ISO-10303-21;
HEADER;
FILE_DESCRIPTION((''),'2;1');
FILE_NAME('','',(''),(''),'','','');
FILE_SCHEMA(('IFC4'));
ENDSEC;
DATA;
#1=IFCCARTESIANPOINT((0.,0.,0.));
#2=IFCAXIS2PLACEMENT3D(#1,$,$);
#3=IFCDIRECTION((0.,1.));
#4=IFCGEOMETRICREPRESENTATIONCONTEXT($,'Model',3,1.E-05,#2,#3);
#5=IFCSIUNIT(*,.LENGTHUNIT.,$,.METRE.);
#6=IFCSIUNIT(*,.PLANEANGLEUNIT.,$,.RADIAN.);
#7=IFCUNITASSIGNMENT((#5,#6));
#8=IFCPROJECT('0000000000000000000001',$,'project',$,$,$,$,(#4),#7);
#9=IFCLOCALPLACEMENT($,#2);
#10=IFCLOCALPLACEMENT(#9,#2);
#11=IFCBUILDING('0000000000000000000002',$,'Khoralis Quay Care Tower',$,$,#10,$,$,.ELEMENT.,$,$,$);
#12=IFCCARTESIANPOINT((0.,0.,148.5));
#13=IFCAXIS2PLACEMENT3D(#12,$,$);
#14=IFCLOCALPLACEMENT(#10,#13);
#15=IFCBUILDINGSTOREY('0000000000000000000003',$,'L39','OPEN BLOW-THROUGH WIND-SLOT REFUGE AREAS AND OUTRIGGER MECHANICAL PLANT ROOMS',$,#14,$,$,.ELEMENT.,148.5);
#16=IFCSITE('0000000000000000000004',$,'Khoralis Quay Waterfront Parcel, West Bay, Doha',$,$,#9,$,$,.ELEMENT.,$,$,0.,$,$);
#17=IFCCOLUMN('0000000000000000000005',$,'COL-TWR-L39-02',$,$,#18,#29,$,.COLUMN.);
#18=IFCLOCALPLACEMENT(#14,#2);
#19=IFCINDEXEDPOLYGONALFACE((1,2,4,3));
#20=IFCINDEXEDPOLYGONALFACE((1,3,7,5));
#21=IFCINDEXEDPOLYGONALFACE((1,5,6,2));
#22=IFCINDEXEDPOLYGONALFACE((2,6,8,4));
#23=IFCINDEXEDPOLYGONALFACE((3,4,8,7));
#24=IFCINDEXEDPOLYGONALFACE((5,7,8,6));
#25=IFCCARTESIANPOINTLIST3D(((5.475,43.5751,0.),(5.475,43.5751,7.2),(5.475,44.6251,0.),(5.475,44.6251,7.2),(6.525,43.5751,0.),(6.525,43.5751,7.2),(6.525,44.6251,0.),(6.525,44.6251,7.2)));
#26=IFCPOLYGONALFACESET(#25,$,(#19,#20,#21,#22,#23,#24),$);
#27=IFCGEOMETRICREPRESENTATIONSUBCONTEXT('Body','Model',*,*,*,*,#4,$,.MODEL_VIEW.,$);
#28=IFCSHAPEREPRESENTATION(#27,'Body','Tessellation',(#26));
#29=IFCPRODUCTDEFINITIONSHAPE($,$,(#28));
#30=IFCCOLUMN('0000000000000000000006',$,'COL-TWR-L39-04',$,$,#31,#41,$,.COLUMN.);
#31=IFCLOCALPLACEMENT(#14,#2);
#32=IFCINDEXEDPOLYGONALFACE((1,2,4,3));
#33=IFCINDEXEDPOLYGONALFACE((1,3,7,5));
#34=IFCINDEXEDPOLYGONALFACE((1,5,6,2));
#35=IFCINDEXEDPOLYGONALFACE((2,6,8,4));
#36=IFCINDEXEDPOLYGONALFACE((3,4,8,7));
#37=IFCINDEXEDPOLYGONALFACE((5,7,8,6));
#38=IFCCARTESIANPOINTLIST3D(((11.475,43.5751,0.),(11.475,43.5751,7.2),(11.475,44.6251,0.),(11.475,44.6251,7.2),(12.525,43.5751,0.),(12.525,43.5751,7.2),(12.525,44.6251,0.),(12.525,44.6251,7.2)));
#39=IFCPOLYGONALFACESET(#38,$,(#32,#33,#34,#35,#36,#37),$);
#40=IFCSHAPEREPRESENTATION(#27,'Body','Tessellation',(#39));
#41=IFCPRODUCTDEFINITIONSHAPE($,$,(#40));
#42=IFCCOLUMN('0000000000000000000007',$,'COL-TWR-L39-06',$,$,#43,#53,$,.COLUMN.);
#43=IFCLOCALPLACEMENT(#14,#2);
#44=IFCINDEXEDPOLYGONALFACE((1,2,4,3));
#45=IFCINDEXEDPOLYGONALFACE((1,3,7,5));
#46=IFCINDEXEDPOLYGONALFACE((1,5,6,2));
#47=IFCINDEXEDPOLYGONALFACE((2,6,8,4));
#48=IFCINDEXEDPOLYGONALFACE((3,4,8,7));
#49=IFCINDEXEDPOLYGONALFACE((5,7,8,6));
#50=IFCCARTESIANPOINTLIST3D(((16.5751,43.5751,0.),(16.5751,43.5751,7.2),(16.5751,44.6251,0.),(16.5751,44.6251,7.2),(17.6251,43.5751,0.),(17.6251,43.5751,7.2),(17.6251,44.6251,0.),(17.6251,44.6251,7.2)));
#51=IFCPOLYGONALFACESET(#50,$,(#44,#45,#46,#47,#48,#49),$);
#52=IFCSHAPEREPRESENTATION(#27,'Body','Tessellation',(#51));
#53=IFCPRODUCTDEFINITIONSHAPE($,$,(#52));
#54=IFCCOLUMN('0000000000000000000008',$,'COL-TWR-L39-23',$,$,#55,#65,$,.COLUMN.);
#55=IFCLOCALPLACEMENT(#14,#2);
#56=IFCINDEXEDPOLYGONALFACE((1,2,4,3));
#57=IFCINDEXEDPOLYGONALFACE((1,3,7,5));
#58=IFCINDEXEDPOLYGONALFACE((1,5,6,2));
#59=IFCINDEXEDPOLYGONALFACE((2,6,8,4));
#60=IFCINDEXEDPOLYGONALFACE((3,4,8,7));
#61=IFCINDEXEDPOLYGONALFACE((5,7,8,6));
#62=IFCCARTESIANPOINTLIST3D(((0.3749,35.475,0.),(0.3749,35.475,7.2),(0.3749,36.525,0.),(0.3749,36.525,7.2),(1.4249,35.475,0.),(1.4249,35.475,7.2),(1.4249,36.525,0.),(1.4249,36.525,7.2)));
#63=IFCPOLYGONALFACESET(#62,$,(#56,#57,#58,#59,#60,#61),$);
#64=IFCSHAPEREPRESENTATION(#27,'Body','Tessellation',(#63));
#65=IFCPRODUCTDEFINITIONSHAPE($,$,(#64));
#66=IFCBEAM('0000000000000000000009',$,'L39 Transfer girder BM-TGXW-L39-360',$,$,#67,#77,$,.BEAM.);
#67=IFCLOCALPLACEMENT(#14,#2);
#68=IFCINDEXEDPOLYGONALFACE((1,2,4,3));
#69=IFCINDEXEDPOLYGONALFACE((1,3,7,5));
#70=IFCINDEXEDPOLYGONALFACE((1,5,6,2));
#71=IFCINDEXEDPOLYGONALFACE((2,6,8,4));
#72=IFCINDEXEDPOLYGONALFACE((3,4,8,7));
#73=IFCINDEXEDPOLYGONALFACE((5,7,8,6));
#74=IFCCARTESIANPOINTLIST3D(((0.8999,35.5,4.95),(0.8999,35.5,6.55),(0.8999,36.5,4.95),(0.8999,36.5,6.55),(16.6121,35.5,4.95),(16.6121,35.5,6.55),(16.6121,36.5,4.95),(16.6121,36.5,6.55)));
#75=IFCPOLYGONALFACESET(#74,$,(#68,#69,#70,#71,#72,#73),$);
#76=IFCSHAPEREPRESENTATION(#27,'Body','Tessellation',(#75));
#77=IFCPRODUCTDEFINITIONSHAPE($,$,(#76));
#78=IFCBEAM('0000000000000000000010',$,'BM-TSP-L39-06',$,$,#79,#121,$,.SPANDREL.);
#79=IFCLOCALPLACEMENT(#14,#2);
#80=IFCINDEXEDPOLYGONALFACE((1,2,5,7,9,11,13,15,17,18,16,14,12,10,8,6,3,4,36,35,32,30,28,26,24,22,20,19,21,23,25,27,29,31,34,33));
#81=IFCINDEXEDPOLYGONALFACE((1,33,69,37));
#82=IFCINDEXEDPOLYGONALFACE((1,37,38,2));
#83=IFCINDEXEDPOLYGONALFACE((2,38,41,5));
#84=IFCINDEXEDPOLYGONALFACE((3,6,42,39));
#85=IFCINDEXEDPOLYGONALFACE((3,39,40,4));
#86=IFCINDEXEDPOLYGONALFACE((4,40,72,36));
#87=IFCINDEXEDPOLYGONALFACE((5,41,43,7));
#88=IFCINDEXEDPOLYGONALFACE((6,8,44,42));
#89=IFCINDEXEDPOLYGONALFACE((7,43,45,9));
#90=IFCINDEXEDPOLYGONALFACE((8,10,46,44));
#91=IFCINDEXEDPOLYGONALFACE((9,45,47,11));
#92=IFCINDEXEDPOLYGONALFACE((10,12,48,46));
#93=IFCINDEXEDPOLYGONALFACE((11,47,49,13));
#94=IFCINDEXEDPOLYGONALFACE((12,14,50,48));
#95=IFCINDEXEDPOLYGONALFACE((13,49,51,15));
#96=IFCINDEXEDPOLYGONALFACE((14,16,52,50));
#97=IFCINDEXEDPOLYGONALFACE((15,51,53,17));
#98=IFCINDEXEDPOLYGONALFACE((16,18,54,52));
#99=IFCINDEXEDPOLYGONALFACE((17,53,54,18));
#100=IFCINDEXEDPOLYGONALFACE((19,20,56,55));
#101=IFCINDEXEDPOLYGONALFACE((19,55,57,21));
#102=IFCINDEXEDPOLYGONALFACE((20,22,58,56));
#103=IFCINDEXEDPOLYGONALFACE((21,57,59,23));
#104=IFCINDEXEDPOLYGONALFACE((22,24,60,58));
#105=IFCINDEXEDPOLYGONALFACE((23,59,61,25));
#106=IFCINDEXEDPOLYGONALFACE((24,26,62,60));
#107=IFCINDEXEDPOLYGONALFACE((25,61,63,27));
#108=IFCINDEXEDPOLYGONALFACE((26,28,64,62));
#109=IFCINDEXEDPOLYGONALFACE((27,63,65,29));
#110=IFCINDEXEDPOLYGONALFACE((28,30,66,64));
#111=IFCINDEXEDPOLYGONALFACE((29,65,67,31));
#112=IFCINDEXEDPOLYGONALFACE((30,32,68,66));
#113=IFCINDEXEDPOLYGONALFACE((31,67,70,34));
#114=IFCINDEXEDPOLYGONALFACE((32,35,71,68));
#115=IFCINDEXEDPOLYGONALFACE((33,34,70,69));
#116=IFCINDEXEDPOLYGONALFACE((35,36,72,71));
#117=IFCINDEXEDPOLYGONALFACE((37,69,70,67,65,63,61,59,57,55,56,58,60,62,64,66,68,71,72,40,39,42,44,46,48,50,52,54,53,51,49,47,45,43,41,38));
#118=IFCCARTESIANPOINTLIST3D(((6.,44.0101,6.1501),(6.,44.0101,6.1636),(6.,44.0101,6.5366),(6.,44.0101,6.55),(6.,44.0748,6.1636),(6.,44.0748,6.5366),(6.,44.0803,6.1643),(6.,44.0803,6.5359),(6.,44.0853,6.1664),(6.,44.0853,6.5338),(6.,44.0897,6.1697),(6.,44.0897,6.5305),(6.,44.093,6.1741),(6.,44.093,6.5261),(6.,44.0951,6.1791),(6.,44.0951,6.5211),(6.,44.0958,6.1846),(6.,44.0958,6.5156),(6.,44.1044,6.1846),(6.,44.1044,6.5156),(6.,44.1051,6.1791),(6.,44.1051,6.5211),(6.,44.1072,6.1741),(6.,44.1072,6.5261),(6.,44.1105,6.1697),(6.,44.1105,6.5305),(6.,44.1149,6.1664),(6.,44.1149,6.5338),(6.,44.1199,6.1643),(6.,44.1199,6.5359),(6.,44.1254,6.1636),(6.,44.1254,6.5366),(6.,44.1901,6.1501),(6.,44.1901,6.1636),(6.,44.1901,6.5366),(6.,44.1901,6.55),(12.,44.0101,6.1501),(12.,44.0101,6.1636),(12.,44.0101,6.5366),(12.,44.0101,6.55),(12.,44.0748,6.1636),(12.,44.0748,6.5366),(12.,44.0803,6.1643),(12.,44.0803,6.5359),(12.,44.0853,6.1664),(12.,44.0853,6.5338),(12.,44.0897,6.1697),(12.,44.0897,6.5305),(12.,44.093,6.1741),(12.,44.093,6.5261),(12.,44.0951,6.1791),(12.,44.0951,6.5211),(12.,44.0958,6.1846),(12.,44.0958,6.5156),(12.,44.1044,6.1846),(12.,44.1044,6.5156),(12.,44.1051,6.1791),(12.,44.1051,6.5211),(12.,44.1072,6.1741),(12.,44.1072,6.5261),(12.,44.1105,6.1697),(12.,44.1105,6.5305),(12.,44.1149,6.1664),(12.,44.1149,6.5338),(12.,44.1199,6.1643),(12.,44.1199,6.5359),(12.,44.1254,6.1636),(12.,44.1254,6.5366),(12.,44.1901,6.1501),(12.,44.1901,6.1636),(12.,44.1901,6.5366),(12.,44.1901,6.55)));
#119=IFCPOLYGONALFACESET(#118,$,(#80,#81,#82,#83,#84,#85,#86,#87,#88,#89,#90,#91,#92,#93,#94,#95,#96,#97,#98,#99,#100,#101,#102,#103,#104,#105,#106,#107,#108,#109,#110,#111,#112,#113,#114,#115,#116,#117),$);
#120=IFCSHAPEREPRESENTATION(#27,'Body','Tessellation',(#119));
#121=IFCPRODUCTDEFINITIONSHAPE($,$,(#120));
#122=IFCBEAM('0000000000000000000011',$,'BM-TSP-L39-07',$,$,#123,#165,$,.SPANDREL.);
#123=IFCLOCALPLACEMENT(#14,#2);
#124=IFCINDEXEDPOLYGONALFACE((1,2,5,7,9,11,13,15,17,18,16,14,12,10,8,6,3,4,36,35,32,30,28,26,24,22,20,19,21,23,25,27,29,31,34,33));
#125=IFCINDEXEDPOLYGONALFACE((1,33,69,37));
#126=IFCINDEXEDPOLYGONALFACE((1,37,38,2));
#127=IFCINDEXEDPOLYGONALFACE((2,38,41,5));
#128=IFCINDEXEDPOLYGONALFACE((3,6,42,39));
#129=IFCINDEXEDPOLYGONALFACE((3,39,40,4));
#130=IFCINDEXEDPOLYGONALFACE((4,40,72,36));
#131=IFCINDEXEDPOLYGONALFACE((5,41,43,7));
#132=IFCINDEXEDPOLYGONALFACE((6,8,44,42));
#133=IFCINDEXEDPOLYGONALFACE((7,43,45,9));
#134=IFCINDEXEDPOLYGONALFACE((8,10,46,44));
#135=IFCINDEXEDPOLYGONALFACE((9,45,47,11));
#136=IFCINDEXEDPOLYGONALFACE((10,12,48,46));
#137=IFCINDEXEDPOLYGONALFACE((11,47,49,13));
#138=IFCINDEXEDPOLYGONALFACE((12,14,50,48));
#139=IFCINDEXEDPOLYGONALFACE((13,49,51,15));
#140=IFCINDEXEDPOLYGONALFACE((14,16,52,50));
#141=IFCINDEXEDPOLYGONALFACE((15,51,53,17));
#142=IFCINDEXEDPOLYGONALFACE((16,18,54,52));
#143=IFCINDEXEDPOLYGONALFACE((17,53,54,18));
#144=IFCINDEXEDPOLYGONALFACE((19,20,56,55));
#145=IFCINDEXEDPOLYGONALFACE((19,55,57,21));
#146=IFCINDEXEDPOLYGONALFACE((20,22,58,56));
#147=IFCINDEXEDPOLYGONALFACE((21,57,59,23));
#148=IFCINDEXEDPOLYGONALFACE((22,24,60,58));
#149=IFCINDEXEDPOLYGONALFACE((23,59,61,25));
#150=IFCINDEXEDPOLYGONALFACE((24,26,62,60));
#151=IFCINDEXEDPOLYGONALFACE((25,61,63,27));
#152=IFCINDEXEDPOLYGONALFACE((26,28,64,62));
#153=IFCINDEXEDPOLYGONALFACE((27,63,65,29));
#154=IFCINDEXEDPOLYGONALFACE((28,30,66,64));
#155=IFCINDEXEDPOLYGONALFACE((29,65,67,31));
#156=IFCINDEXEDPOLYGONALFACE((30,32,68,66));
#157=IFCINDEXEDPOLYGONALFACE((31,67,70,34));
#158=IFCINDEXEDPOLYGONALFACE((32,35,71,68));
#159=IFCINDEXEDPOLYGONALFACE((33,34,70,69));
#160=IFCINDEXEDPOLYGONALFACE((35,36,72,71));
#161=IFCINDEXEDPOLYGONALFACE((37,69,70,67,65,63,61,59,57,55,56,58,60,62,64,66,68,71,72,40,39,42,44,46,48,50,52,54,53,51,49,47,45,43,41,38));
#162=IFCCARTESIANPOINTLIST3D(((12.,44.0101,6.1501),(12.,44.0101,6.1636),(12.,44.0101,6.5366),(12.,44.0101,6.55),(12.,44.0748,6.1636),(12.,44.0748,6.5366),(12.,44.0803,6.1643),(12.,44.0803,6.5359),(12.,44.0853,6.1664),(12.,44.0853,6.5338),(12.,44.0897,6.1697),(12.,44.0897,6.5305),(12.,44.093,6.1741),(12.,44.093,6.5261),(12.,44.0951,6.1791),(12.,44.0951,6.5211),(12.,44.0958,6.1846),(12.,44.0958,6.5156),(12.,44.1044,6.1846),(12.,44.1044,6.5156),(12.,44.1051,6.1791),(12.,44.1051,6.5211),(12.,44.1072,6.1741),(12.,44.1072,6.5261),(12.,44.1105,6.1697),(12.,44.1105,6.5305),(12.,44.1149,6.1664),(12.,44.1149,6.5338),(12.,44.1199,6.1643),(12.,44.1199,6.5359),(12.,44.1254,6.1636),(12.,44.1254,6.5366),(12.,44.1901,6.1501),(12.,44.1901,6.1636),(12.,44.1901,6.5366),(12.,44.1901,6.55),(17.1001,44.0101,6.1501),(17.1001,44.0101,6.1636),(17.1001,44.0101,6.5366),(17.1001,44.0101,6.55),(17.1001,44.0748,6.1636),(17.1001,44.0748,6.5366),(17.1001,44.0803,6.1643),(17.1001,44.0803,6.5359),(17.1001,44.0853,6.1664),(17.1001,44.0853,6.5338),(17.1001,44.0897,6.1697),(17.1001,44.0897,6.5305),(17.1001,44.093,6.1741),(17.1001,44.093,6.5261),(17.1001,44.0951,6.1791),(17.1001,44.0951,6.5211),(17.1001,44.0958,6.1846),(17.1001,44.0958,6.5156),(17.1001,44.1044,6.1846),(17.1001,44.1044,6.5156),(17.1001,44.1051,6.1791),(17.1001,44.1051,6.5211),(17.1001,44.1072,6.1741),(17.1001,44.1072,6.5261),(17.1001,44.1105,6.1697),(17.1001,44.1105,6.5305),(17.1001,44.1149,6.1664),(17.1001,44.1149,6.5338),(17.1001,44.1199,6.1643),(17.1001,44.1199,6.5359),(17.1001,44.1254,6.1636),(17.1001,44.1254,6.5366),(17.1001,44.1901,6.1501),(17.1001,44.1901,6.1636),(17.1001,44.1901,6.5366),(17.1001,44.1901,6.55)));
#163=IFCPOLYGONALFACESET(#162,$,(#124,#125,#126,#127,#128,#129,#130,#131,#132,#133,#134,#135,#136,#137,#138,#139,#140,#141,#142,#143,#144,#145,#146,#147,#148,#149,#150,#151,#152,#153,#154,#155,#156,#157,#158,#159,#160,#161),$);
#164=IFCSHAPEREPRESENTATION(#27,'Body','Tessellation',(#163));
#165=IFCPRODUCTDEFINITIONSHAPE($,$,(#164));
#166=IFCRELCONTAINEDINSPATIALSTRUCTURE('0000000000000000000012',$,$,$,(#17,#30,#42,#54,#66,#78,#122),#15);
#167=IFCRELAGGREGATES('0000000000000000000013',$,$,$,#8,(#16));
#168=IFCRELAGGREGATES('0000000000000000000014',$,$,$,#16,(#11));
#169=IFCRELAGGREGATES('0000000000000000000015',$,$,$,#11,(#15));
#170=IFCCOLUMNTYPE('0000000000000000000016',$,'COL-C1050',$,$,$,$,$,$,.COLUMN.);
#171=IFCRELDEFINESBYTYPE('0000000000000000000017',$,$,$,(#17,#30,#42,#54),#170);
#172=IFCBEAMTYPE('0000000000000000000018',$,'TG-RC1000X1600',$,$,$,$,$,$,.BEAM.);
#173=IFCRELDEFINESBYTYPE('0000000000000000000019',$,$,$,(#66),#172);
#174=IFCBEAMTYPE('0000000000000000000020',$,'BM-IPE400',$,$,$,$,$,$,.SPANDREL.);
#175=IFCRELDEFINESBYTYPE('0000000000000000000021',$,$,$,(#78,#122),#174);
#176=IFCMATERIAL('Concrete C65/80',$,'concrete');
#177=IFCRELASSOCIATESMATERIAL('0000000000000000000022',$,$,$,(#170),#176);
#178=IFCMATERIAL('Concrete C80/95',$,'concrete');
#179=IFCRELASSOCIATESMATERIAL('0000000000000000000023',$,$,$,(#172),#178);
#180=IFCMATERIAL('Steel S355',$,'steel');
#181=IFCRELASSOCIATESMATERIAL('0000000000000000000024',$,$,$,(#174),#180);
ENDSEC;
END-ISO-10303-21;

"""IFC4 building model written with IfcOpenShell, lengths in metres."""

from ifc_helpers import new_model, si_unit, direction, frame, origin, origin_2d, place, context, subcontext, project, spatial, rectangle, i_section, extrude, source, transform, mapped, material, material_profile, profile_set, type_object, element, save


model = new_model("IFC4")

# Units and contexts
model_context = context("Model", 3, precision=1e-05, world=origin(), true_north=direction((0.0, 1.0)))
body_context = subcontext(model_context, "Body", "Model", "MODEL_VIEW")
ifc_project = project(units=[si_unit("LENGTHUNIT", "METRE"), si_unit("PLANEANGLEUNIT", "RADIAN")], contexts=[model_context])

# Site, building, storey
site_placement = place(None, origin())
site = spatial("IfcSite", under=ifc_project, at=site_placement, Name="Khoralis Quay Waterfront Parcel, West Bay, Doha", CompositionType="ELEMENT", RefElevation=0.0)
building_placement = place(site_placement, origin())
building = spatial("IfcBuilding", under=site, at=building_placement, Name="Khoralis Quay Care Tower", CompositionType="ELEMENT")
storey_placement = place(building_placement, frame((0.0, 0.0, 148.5)))
storey = spatial("IfcBuildingStorey", under=building, at=storey_placement, Name="L39", Description="OPEN BLOW-THROUGH WIND-SLOT REFUGE AREAS AND OUTRIGGER MECHANICAL PLANT ROOMS", CompositionType="ELEMENT", Elevation=148.5)

# Columns
ifc_material_1 = material(Name="Concrete C65/80", Category="concrete")
ifc_material_profile_1 = material_profile(ifc_material_1, rectangle(XDim=1.05, YDim=1.05, at=origin_2d()), Name="Concrete C65/80")
ifc_profile_set_1 = profile_set([ifc_material_profile_1], Name="Concrete C65/80")
column_type = type_object("IfcColumnType", Name="COL-C1050", PredefinedType="COLUMN", material=ifc_profile_set_1)
shared_shape_1 = source(origin(), body_context, "Body", "SweptSolid", [
    extrude(rectangle(XDim=1.05, YDim=1.05, at=origin_2d()), origin(), (0.0, 0.0, 1.0), 7.2),
])
for number, where, z_axis, x_axis, name in (
    (1, (6.0, 44.1001, 0.0), (0.0, 0.0, 1.0), (1.0, 0.0, 0.0), "COL-TWR-L39-02"),
    (2, (12.0, 44.1001, 0.0), (0.0, 0.0, 1.0), (1.0, 0.0, 0.0), "COL-TWR-L39-04"),
    (3, (17.1001, 44.1001, 0.0), (0.0, 0.0, 1.0), (1.0, 0.0, 0.0), "COL-TWR-L39-06"),
    (4, (0.8999, 36.0, 0.0), (0.0, 0.0, 1.0), (1.0, 0.0, 0.0), "COL-TWR-L39-23"),
):
    element("IfcColumn", number, at=place(storey_placement, frame(where, z_axis=z_axis, x_axis=x_axis)), inside=storey, type_object=column_type, Name=name, PredefinedType="COLUMN", context=body_context, shape_type="MappedRepresentation", body=[
        mapped(shared_shape_1, transform((0.0, 0.0, 0.0), scale=1.0)),
    ])

# Beams
ifc_material_2 = material(Name="Concrete C80/95", Category="concrete")
ifc_material_profile_2 = material_profile(ifc_material_2, rectangle(XDim=1.0, YDim=1.6001, at=origin_2d()), Name="Concrete C80/95")
ifc_profile_set_2 = profile_set([ifc_material_profile_2], Name="Concrete C80/95")
beam_type_1 = type_object("IfcBeamType", Name="TG-RC1000X1600", PredefinedType="BEAM", material=ifc_profile_set_2)
shared_shape_2 = source(origin(), body_context, "Body", "SweptSolid", [
    extrude(rectangle(XDim=1.0, YDim=1.6001, at=origin_2d()), origin(), (0.0, 0.0, 1.0), 15.7122),
])
beam_1_placement = place(storey_placement, frame((0.8999, 36.0, 5.75), z_axis=(1.0, 0.0, 0.0), x_axis=(0.0, 1.0, 0.0)))
element("IfcBeam", 5, at=beam_1_placement, inside=storey, type_object=beam_type_1, Name="L39 Transfer girder BM-TGXW-L39-360", PredefinedType="BEAM", context=body_context, shape_type="MappedRepresentation", body=[
    mapped(shared_shape_2, transform((0.0, 0.0, 0.0), scale=1.0)),
])
ifc_material_3 = material(Name="Steel S355", Category="steel")
ifc_material_profile_3 = material_profile(ifc_material_3, i_section(OverallWidth=0.1799, OverallDepth=0.3999, WebThickness=0.0085, FlangeThickness=0.0134, FilletRadius=0.021, at=origin_2d()), Name="Steel S355")
ifc_profile_set_3 = profile_set([ifc_material_profile_3], Name="Steel S355")
beam_type_2 = type_object("IfcBeamType", Name="BM-IPE400", PredefinedType="SPANDREL", material=ifc_profile_set_3)
shared_shape_3 = source(origin(), body_context, "Body", "SweptSolid", [
    extrude(i_section(OverallWidth=0.1799, OverallDepth=0.3999, WebThickness=0.0085, FlangeThickness=0.0134, FilletRadius=0.021, at=origin_2d()), origin(), (0.0, 0.0, 1.0), 6.0),
])
beam_2_placement = place(storey_placement, frame((6.0, 44.1001, 6.3501), z_axis=(1.0, 0.0, 0.0), x_axis=(0.0, 1.0, 0.0)))
element("IfcBeam", 6, at=beam_2_placement, inside=storey, type_object=beam_type_2, Name="BM-TSP-L39-06", PredefinedType="SPANDREL", context=body_context, shape_type="MappedRepresentation", body=[
    mapped(shared_shape_3, transform((0.0, 0.0, 0.0), scale=1.0)),
])
shared_shape_4 = source(origin(), body_context, "Body", "SweptSolid", [
    extrude(i_section(OverallWidth=0.1799, OverallDepth=0.3999, WebThickness=0.0085, FlangeThickness=0.0134, FilletRadius=0.021, at=origin_2d()), origin(), (0.0, 0.0, 1.0), 5.1001),
])
beam_3_placement = place(storey_placement, frame((12.0, 44.1001, 6.3501), z_axis=(1.0, 0.0, 0.0), x_axis=(0.0, 1.0, 0.0)))
element("IfcBeam", 7, at=beam_3_placement, inside=storey, type_object=beam_type_2, Name="BM-TSP-L39-07", PredefinedType="SPANDREL", context=body_context, shape_type="MappedRepresentation", body=[
    mapped(shared_shape_4, transform((0.0, 0.0, 0.0), scale=1.0)),
])

save(model, "model.ifc")
